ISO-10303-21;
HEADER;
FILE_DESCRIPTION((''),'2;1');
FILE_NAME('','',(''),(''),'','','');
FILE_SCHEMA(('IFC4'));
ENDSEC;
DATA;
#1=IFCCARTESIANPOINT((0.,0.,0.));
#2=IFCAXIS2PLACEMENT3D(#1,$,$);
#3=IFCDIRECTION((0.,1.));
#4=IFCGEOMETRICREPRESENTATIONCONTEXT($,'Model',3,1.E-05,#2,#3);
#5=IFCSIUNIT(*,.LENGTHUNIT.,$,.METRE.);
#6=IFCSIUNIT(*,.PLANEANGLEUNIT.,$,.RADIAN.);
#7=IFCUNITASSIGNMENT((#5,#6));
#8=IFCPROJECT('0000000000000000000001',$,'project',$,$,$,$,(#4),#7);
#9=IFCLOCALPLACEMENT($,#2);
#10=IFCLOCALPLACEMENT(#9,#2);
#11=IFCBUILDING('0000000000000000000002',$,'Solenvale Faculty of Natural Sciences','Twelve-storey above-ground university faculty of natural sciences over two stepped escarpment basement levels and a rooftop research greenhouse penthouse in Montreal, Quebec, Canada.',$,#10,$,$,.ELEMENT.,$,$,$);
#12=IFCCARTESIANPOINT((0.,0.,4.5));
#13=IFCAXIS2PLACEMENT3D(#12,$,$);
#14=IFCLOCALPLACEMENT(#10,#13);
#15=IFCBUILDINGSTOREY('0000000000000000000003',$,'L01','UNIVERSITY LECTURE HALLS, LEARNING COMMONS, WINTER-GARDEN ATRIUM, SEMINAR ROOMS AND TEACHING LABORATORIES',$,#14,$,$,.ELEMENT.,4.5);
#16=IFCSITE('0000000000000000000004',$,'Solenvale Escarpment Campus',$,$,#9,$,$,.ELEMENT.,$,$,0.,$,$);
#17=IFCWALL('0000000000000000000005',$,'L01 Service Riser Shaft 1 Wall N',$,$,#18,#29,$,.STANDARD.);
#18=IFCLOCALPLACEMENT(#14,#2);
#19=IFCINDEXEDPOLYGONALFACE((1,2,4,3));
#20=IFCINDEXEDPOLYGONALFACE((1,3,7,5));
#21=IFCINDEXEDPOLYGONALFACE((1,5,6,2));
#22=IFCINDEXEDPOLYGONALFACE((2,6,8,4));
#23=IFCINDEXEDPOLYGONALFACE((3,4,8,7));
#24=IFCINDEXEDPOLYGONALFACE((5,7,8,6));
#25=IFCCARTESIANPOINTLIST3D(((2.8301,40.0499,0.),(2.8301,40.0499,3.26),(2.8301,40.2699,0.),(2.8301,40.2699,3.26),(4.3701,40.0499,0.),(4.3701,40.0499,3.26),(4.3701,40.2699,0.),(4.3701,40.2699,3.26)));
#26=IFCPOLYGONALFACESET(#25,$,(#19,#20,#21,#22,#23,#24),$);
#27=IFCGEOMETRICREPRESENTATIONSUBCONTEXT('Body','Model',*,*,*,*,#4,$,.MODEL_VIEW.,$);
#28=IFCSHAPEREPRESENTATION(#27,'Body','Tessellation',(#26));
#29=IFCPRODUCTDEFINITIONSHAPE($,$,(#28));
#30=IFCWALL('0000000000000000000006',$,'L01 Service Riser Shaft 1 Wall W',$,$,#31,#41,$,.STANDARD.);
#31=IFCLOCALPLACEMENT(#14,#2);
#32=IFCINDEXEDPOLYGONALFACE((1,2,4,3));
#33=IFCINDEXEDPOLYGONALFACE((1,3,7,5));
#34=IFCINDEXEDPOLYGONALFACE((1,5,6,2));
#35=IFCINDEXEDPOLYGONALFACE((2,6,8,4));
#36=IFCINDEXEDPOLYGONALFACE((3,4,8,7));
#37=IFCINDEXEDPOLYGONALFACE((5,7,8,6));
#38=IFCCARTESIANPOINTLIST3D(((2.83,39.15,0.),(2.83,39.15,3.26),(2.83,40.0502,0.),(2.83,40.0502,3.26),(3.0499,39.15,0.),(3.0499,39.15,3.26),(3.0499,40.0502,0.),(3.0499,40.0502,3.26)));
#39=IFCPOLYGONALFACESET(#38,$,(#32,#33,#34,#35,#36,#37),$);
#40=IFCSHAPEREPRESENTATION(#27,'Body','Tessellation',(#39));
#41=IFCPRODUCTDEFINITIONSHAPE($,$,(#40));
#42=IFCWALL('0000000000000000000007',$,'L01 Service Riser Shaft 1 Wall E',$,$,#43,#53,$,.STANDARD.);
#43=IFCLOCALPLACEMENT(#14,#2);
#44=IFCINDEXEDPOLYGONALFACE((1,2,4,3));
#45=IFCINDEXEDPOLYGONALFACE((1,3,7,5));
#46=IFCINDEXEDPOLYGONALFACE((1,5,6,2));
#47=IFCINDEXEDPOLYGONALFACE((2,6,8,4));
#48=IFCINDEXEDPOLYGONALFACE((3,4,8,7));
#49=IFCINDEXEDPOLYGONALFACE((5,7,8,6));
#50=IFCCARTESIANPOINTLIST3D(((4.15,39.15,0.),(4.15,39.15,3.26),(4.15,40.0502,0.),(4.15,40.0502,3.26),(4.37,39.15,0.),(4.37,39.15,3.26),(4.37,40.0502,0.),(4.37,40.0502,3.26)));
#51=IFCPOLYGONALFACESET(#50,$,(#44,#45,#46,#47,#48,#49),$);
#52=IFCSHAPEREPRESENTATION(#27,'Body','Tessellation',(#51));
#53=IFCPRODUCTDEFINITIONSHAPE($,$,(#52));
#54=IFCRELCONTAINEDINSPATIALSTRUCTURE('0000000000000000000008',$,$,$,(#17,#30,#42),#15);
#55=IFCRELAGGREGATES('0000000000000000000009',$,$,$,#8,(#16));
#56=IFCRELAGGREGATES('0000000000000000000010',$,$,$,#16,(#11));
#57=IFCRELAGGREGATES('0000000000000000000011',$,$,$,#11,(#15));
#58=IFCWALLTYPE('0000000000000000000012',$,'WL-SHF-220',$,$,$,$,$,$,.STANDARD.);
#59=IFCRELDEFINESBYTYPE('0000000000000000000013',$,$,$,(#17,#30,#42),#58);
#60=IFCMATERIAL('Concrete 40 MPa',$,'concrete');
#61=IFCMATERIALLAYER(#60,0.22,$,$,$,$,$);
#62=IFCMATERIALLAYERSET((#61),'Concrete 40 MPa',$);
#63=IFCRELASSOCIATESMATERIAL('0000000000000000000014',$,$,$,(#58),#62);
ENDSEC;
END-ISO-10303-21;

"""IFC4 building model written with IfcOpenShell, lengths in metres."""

from ifc_helpers import new_model, si_unit, direction, frame, frame_2d, origin, place, context, subcontext, project, spatial, rectangle, extrude, material, layer, layer_set, type_object, element, save


model = new_model("IFC4")

# Units and contexts
model_context = context("Model", 3, precision=1e-05, world=origin(), true_north=direction((0.0, 1.0)))
body_context = subcontext(model_context, "Body", "Model", "MODEL_VIEW")
ifc_project = project(units=[si_unit("LENGTHUNIT", "METRE"), si_unit("PLANEANGLEUNIT", "RADIAN")], contexts=[model_context])

# Site, building, storey
site_placement = place(None, origin())
site = spatial("IfcSite", under=ifc_project, at=site_placement, Name="Solenvale Escarpment Campus", CompositionType="ELEMENT", RefElevation=0.0)
building_placement = place(site_placement, origin())
building = spatial("IfcBuilding", under=site, at=building_placement, Name="Solenvale Faculty of Natural Sciences", Description="Twelve-storey above-ground university faculty of natural sciences over two stepped escarpment basement levels and a rooftop research greenhouse penthouse in Montreal, Quebec, Canada.", CompositionType="ELEMENT")
storey_placement = place(building_placement, frame((0.0, 0.0, 4.5)))
storey = spatial("IfcBuildingStorey", under=building, at=storey_placement, Name="L01", Description="UNIVERSITY LECTURE HALLS, LEARNING COMMONS, WINTER-GARDEN ATRIUM, SEMINAR ROOMS AND TEACHING LABORATORIES", CompositionType="ELEMENT", Elevation=4.5)

# Shared definitions
ifc_material_1 = material(Name="Concrete 40 MPa", Category="concrete")

# Walls
ifc_layer_1 = layer(ifc_material_1, 0.22)
ifc_layer_set_1 = layer_set([ifc_layer_1], Name="Concrete 40 MPa")
wall_type_1 = type_object("IfcWallType", Name="WL-SHF-220", PredefinedType="STANDARD", material=ifc_layer_set_1)
for number, where, z_axis, x_axis, name in (
    (1, (2.8301, 40.1599, 0.0), (0.0, 0.0, 1.0), (1.0, 0.0, 0.0), "L01 Service Riser Shaft 1 Wall N"),
):
    element("IfcWall", number, at=place(storey_placement, frame(where, z_axis=z_axis, x_axis=x_axis)), inside=storey, type_object=wall_type_1, Name=name, PredefinedType="STANDARD", context=body_context, shape_type="SweptSolid", body=[
        extrude(rectangle(XDim=1.54, YDim=0.22, at=frame_2d((0.77, 0.0))), origin(), (0.0, 0.0, 1.0), 3.26),
    ])
for number, where, z_axis, x_axis, name in (
    (2, (2.9399, 39.1499, 0.0), (0.0, 0.0, 1.0), (0.0, 1.0, 0.0), "L01 Service Riser Shaft 1 Wall W"),
    (3, (4.26, 39.1499, 0.0), (0.0, 0.0, 1.0), (0.0, 1.0, 0.0), "L01 Service Riser Shaft 1 Wall E"),
):
    element("IfcWall", number, at=place(storey_placement, frame(where, z_axis=z_axis, x_axis=x_axis)), inside=storey, type_object=wall_type_1, Name=name, PredefinedType="STANDARD", context=body_context, shape_type="SweptSolid", body=[
        extrude(rectangle(XDim=0.9001, YDim=0.22, at=frame_2d((0.4502, 0.0))), origin(), (0.0, 0.0, 1.0), 3.26),
    ])

save(model, "model.ifc")
